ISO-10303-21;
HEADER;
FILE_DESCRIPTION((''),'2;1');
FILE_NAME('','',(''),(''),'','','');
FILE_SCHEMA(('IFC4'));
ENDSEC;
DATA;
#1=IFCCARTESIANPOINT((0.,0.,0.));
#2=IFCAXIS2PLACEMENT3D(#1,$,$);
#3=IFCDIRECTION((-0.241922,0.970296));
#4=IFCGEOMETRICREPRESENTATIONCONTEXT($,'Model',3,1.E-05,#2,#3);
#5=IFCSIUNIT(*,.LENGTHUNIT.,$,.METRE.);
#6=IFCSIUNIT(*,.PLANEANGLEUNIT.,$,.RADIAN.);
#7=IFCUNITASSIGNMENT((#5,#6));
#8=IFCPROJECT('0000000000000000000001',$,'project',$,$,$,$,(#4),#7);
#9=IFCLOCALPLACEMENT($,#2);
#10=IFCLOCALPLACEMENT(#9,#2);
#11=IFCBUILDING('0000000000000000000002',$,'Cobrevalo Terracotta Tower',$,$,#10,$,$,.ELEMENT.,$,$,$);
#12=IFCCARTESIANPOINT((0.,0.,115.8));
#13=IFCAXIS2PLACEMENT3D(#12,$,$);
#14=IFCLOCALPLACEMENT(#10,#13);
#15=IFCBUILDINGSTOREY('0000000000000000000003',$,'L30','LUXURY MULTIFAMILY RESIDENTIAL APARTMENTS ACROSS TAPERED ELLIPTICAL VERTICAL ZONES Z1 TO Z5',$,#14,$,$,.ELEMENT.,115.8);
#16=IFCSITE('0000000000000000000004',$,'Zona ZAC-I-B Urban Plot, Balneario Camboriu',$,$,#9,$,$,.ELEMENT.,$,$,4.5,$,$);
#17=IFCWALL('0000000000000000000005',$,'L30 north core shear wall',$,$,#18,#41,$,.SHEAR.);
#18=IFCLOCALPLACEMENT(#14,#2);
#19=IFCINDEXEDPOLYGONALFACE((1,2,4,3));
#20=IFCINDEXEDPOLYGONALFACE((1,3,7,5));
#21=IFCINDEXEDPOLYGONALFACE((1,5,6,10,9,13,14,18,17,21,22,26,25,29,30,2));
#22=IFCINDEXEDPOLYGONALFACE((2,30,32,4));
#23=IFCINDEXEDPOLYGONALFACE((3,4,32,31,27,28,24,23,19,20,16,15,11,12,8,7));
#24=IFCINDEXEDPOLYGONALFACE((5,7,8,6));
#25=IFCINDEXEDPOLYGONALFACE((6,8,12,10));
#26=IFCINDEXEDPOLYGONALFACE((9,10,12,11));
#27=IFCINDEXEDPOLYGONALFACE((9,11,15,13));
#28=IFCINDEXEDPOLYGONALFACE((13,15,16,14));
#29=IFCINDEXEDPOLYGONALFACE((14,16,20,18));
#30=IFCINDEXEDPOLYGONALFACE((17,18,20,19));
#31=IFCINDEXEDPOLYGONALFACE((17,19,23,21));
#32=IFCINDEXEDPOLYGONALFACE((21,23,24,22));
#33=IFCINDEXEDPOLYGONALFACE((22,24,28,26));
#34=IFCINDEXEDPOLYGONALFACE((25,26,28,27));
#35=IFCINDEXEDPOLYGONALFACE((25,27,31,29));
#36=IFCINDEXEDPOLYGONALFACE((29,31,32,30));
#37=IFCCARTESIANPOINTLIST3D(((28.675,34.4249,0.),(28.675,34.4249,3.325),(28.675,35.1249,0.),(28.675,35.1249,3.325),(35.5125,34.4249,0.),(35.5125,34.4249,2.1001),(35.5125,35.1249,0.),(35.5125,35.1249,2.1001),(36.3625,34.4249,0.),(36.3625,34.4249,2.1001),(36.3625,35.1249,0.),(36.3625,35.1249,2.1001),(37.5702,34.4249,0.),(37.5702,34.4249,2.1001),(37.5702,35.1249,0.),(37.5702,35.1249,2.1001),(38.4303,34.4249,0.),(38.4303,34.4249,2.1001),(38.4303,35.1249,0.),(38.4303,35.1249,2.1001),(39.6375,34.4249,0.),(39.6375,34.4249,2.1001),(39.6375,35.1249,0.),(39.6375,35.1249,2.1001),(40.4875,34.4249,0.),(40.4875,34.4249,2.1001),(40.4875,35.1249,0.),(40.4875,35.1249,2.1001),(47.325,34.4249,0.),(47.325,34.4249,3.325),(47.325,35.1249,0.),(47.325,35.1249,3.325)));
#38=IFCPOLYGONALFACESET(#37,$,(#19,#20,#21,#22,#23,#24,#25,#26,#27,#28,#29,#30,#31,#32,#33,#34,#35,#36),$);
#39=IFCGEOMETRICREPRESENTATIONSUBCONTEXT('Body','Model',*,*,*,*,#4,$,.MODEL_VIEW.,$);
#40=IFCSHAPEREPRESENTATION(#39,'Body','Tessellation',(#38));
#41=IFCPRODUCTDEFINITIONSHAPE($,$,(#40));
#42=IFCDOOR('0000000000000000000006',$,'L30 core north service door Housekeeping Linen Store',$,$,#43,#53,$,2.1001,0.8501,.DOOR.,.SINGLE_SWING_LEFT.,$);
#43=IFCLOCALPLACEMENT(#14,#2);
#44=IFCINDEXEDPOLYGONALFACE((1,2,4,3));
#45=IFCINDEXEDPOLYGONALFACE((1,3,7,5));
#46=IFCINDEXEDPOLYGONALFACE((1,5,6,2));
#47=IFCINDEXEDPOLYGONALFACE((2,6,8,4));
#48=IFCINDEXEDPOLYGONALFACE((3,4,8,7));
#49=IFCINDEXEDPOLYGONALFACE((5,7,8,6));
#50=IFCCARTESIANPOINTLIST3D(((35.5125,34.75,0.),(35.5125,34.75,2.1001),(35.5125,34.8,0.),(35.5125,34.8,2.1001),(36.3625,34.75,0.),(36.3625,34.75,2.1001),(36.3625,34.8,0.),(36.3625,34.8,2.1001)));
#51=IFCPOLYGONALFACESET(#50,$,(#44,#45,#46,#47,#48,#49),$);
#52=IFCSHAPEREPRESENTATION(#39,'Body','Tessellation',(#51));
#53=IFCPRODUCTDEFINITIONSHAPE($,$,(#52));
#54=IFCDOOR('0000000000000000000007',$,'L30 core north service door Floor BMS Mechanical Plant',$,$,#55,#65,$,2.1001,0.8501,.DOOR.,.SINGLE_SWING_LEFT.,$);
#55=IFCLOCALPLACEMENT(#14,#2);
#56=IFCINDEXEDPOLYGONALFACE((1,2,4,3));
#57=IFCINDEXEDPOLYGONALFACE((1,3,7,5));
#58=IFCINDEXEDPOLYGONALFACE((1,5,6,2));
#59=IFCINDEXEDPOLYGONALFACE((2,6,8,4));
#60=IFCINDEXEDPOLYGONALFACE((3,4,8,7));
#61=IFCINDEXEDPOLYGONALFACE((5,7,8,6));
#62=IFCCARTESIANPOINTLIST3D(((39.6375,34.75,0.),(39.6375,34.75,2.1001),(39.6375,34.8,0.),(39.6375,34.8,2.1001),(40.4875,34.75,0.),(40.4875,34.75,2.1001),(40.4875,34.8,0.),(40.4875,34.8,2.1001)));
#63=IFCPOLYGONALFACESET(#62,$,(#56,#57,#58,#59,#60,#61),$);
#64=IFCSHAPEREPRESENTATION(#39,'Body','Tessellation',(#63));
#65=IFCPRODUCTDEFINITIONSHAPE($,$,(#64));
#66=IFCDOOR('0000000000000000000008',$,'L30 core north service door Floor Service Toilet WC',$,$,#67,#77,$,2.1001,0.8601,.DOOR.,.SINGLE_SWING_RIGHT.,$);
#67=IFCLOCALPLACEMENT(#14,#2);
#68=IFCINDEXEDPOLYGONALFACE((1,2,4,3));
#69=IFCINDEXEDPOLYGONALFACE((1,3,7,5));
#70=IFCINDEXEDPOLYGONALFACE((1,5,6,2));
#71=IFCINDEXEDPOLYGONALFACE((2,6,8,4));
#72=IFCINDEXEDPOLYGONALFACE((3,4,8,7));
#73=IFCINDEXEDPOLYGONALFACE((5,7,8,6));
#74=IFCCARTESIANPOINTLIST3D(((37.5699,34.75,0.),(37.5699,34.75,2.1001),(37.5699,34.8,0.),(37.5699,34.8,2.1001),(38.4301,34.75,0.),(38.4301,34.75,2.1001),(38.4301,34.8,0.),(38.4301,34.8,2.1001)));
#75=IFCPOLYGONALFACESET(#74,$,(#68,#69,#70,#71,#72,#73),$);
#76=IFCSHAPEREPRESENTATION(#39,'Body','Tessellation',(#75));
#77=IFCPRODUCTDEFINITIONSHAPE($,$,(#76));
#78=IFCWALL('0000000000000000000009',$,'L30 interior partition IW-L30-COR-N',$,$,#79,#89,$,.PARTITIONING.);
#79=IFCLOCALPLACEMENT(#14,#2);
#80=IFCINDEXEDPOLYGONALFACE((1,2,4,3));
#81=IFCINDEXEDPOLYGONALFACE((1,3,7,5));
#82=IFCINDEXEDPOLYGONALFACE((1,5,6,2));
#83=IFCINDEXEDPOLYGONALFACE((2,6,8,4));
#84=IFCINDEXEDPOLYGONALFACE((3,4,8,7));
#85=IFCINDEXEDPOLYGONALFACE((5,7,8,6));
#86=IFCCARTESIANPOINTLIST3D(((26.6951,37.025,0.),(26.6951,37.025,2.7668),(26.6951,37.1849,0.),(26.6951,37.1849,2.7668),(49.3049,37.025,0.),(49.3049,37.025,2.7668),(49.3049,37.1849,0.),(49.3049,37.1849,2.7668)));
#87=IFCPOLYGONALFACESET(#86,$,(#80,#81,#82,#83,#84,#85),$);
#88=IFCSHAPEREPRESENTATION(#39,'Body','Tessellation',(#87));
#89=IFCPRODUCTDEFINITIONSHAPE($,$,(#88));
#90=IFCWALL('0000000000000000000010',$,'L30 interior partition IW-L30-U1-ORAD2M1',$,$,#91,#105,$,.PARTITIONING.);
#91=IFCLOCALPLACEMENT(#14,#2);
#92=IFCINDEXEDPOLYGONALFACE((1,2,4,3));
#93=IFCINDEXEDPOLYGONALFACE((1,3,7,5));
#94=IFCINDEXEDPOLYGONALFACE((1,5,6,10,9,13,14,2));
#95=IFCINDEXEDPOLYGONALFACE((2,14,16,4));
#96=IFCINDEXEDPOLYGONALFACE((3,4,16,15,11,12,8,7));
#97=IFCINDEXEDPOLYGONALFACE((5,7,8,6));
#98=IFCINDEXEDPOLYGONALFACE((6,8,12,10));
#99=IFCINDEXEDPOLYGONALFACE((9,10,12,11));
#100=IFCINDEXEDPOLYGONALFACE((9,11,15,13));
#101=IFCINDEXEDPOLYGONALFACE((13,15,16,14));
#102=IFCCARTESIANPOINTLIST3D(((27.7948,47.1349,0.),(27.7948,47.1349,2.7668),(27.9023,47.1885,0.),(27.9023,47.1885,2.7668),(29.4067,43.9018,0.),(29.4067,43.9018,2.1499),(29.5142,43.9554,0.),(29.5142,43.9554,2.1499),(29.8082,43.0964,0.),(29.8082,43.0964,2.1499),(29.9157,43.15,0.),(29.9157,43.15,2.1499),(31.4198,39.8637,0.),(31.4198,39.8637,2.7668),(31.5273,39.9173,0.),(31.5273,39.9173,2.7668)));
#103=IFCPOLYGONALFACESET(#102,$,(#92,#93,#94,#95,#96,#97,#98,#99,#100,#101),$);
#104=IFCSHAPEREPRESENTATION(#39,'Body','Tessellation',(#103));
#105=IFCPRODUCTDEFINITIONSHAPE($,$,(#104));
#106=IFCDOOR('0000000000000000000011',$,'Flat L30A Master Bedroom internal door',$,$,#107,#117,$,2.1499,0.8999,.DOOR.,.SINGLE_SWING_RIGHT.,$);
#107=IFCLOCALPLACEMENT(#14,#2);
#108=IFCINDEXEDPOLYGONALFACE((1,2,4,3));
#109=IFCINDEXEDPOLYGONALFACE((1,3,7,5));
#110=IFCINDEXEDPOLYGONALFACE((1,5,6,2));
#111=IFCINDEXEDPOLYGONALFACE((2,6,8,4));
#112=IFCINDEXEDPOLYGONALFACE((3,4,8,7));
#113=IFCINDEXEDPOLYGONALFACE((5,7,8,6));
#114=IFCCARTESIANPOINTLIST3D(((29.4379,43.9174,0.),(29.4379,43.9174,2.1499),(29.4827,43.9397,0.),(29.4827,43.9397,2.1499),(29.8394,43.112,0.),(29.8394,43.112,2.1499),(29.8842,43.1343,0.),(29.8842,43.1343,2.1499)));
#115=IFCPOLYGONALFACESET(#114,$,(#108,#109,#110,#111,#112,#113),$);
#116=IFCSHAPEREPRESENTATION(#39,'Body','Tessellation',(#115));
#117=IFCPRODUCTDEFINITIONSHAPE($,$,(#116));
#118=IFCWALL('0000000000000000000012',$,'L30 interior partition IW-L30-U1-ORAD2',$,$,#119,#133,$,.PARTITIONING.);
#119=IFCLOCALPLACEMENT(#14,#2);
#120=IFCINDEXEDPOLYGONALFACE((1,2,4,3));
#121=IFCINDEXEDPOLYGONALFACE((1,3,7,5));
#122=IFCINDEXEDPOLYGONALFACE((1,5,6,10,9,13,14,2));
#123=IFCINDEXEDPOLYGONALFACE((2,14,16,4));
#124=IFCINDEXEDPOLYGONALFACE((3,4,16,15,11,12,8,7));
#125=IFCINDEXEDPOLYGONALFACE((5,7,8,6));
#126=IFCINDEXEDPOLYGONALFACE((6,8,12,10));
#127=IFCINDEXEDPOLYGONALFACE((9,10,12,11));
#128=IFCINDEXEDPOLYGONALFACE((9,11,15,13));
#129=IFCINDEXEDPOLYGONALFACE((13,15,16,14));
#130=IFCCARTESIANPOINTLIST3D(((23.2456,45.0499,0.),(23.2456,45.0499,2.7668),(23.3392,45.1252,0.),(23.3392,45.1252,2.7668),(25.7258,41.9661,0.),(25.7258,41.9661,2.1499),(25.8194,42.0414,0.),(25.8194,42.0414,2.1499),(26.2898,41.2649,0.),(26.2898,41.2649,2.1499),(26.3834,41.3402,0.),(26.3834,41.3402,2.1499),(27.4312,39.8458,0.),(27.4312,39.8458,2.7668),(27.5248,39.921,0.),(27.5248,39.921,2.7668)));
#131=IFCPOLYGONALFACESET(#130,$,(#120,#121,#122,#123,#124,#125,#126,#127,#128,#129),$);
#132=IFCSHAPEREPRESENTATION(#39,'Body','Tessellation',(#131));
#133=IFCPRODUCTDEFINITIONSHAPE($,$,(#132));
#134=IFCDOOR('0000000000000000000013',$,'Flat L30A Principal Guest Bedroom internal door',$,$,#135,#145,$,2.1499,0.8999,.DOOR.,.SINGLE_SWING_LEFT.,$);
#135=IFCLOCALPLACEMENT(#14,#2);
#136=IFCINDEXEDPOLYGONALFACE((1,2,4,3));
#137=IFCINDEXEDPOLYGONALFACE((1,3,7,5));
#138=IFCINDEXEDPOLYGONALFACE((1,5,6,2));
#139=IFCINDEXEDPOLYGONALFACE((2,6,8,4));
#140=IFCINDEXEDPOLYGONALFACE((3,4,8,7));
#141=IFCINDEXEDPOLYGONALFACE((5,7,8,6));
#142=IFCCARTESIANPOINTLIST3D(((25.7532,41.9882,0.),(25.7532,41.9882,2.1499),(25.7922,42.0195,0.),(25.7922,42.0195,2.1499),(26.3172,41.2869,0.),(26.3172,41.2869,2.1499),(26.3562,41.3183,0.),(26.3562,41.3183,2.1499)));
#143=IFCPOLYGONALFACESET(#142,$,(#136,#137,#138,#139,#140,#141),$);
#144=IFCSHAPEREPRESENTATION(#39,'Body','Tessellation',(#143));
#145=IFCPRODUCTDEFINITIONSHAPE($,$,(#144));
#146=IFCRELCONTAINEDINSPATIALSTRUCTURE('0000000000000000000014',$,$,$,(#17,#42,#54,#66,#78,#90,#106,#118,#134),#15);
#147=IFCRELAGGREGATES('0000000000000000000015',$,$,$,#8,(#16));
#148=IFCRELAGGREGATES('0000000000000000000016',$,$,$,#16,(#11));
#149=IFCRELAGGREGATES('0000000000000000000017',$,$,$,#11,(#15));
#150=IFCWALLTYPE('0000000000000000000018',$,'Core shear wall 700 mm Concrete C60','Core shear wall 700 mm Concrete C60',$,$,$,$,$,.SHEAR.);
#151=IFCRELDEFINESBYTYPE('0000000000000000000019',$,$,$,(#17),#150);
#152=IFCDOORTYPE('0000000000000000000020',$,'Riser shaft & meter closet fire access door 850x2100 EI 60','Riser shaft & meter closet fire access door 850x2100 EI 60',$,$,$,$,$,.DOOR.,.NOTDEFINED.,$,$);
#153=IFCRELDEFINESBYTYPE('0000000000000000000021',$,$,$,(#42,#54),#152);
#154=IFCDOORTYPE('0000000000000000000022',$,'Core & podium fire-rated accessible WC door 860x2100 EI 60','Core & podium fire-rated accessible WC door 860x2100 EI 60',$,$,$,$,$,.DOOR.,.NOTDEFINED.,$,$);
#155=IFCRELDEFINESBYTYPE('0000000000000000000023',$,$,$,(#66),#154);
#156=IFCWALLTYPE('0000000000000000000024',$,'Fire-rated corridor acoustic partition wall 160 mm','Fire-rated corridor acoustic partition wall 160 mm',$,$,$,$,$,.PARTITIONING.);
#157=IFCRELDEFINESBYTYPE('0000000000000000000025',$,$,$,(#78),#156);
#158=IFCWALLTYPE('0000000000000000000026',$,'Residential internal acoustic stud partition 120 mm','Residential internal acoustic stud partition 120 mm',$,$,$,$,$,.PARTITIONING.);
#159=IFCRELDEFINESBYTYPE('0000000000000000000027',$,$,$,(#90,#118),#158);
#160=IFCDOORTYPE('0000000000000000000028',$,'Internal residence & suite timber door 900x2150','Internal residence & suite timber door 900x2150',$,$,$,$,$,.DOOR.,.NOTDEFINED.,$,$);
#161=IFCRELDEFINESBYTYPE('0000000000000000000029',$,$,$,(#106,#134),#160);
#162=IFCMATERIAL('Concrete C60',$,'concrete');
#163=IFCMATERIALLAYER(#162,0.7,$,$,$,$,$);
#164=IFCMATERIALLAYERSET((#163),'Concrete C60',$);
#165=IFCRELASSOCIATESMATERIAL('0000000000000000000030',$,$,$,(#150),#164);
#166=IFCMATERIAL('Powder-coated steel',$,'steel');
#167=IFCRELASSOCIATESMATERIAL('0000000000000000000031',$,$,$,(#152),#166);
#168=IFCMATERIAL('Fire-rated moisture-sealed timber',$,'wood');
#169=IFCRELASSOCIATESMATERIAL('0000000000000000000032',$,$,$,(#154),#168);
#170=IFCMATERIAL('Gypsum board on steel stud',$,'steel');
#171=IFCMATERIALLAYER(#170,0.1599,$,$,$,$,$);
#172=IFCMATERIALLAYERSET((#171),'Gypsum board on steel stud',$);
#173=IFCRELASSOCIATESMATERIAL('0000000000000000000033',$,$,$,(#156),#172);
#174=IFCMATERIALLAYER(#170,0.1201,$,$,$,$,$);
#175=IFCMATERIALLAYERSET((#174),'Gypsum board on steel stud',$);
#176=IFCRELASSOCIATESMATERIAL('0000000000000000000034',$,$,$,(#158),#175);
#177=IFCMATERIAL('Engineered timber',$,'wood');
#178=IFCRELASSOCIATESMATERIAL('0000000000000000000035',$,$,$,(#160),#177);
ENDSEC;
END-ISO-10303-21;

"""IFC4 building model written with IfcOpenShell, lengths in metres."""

from ifc_helpers import new_model, si_unit, direction, frame, frame_2d, origin, place, context, subcontext, project, spatial, rectangle, extrude, source, transform, mapped, material, layer, layer_set, type_object, element, fill, save


model = new_model("IFC4")

# Units and contexts
model_context = context("Model", 3, precision=1e-05, world=origin(), true_north=direction((-0.241922, 0.970296)))
body_context = subcontext(model_context, "Body", "Model", "MODEL_VIEW")
ifc_project = project(units=[si_unit("LENGTHUNIT", "METRE"), si_unit("PLANEANGLEUNIT", "RADIAN")], contexts=[model_context])

# Site, building, storey
site_placement = place(None, origin())
site = spatial("IfcSite", under=ifc_project, at=site_placement, Name="Zona ZAC-I-B Urban Plot, Balneario Camboriu", CompositionType="ELEMENT", RefElevation=4.5)
building_placement = place(site_placement, origin())
building = spatial("IfcBuilding", under=site, at=building_placement, Name="Cobrevalo Terracotta Tower", CompositionType="ELEMENT")
storey_placement = place(building_placement, frame((0.0, 0.0, 115.8)))
storey = spatial("IfcBuildingStorey", under=building, at=storey_placement, Name="L30", Description="LUXURY MULTIFAMILY RESIDENTIAL APARTMENTS ACROSS TAPERED ELLIPTICAL VERTICAL ZONES Z1 TO Z5", CompositionType="ELEMENT", Elevation=115.8)

# Wall, openings, doors
ifc_material_1 = material(Name="Concrete C60", Category="concrete")
ifc_layer_1 = layer(ifc_material_1, 0.7)
ifc_layer_set_1 = layer_set([ifc_layer_1], Name="Concrete C60")
wall_type_1 = type_object("IfcWallType", Name="Core shear wall 700 mm Concrete C60", Description="Core shear wall 700 mm Concrete C60", PredefinedType="SHEAR", material=ifc_layer_set_1)
wall_1_placement = place(storey_placement, frame((28.675, 34.7749, 0.0), z_axis=(0.0, 0.0, 1.0), x_axis=(1.0, 0.0, 0.0)))
wall_1 = element("IfcWall", 1, at=wall_1_placement, inside=storey, type_object=wall_type_1, Name="L30 north core shear wall", PredefinedType="SHEAR", context=body_context, shape_type="SweptSolid", body=[
    extrude(rectangle(XDim=18.6499, YDim=0.7, at=frame_2d((9.325, 0.0))), origin(), (0.0, 0.0, 1.0), 3.325),
])
opening_1_placement = place(wall_1_placement, frame((6.8374, 0.0, 0.0)))
opening_1 = element("IfcOpeningElement", 2, at=opening_1_placement, cuts=wall_1, PredefinedType="OPENING", context=body_context, shape_type="SweptSolid", body=[
    extrude(rectangle(XDim=0.8501, YDim=2.1001, at=frame_2d((0.425, 1.05))), frame((0.0, 0.3599, 0.0), z_axis=(0.0, -1.0, 0.0), x_axis=(1.0, 0.0, 0.0)), (0.0, 0.0, 1.0), 0.72),
])
opening_2_placement = place(wall_1_placement, frame((8.895, 0.0, 0.0)))
opening_2 = element("IfcOpeningElement", 3, at=opening_2_placement, cuts=wall_1, PredefinedType="OPENING", context=body_context, shape_type="SweptSolid", body=[
    extrude(rectangle(XDim=0.8601, YDim=2.1001, at=frame_2d((0.4302, 1.05))), frame((0.0, 0.3599, 0.0), z_axis=(0.0, -1.0, 0.0), x_axis=(1.0, 0.0, 0.0)), (0.0, 0.0, 1.0), 0.72),
])
opening_3_placement = place(wall_1_placement, frame((10.9624, 0.0, 0.0)))
opening_3 = element("IfcOpeningElement", 4, at=opening_3_placement, cuts=wall_1, PredefinedType="OPENING", context=body_context, shape_type="SweptSolid", body=[
    extrude(rectangle(XDim=0.8501, YDim=2.1001, at=frame_2d((0.425, 1.05))), frame((0.0, 0.3599, 0.0), z_axis=(0.0, -1.0, 0.0), x_axis=(1.0, 0.0, 0.0)), (0.0, 0.0, 1.0), 0.72),
])
ifc_material_2 = material(Name="Powder-coated steel", Category="steel")
door_type_1 = type_object("IfcDoorType", Name="Riser shaft & meter closet fire access door 850x2100 EI 60", Description="Riser shaft & meter closet fire access door 850x2100 EI 60", OperationType="NOTDEFINED", PredefinedType="DOOR", material=ifc_material_2)
shared_shape_1 = source(origin(), body_context, "Body", "SweptSolid", [
    extrude(rectangle(XDim=0.8501, YDim=2.1001, at=frame_2d((0.425, 1.05))), frame((0.0, 0.0249, 0.0), z_axis=(0.0, -1.0, 0.0), x_axis=(1.0, 0.0, 0.0)), (0.0, 0.0, 1.0), 0.05),
])
door_1_placement = place(opening_1_placement, frame((0.8501, 0.0, 0.0), z_axis=(0.0, 0.0, 1.0), x_axis=(-1.0, 0.0, 0.0)))
door_1 = element("IfcDoor", 5, at=door_1_placement, inside=storey, type_object=door_type_1, Name="L30 core north service door Housekeeping Linen Store", OperationType="SINGLE_SWING_LEFT", OverallHeight=2.1001, OverallWidth=0.8501, PredefinedType="DOOR", context=body_context, shape_type="MappedRepresentation", body=[
    mapped(shared_shape_1, transform((0.0, 0.0, 0.0), scale=1.0)),
])
fill(opening_1, door_1)
door_2_placement = place(opening_3_placement, frame((0.8501, 0.0, 0.0), z_axis=(0.0, 0.0, 1.0), x_axis=(-1.0, 0.0, 0.0)))
door_2 = element("IfcDoor", 6, at=door_2_placement, inside=storey, type_object=door_type_1, Name="L30 core north service door Floor BMS Mechanical Plant", OperationType="SINGLE_SWING_LEFT", OverallHeight=2.1001, OverallWidth=0.8501, PredefinedType="DOOR", context=body_context, shape_type="MappedRepresentation", body=[
    mapped(shared_shape_1, transform((0.0, 0.0, 0.0), scale=1.0)),
])
fill(opening_3, door_2)
ifc_material_3 = material(Name="Fire-rated moisture-sealed timber", Category="wood")
door_type_2 = type_object("IfcDoorType", Name="Core & podium fire-rated accessible WC door 860x2100 EI 60", Description="Core & podium fire-rated accessible WC door 860x2100 EI 60", OperationType="NOTDEFINED", PredefinedType="DOOR", material=ifc_material_3)
shared_shape_2 = source(origin(), body_context, "Body", "SweptSolid", [
    extrude(rectangle(XDim=0.8601, YDim=2.1001, at=frame_2d((0.4302, 1.05))), frame((0.0, 0.0249, 0.0), z_axis=(0.0, -1.0, 0.0), x_axis=(1.0, 0.0, 0.0)), (0.0, 0.0, 1.0), 0.05),
])
door_3_placement = place(opening_2_placement, frame((0.8601, 0.0, 0.0), z_axis=(0.0, 0.0, 1.0), x_axis=(-1.0, 0.0, 0.0)))
door_3 = element("IfcDoor", 7, at=door_3_placement, inside=storey, type_object=door_type_2, Name="L30 core north service door Floor Service Toilet WC", OperationType="SINGLE_SWING_RIGHT", OverallHeight=2.1001, OverallWidth=0.8601, PredefinedType="DOOR", context=body_context, shape_type="MappedRepresentation", body=[
    mapped(shared_shape_2, transform((0.0, 0.0, 0.0), scale=1.0)),
])
fill(opening_2, door_3)

# Wall
ifc_material_4 = material(Name="Gypsum board on steel stud", Category="steel")
ifc_layer_2 = layer(ifc_material_4, 0.1599)
ifc_layer_set_2 = layer_set([ifc_layer_2], Name="Gypsum board on steel stud")
wall_type_2 = type_object("IfcWallType", Name="Fire-rated corridor acoustic partition wall 160 mm", Description="Fire-rated corridor acoustic partition wall 160 mm", PredefinedType="PARTITIONING", material=ifc_layer_set_2)
wall_2_placement = place(storey_placement, frame((26.6951, 37.105, 0.0), z_axis=(0.0, 0.0, 1.0), x_axis=(1.0, 0.0, 0.0)))
element("IfcWall", 8, at=wall_2_placement, inside=storey, type_object=wall_type_2, Name="L30 interior partition IW-L30-COR-N", PredefinedType="PARTITIONING", context=body_context, shape_type="SweptSolid", body=[
    extrude(rectangle(XDim=22.6099, YDim=0.1599, at=frame_2d((11.3049, 0.0))), origin(), (0.0, 0.0, 1.0), 2.7668),
])

# Walls, openings, doors
ifc_layer_3 = layer(ifc_material_4, 0.1201)
ifc_layer_set_3 = layer_set([ifc_layer_3], Name="Gypsum board on steel stud")
wall_type_3 = type_object("IfcWallType", Name="Residential internal acoustic stud partition 120 mm", Description="Residential internal acoustic stud partition 120 mm", PredefinedType="PARTITIONING", material=ifc_layer_set_3)
wall_3_placement = place(storey_placement, frame((31.4736, 39.8904, 0.0), z_axis=(0.0, 0.0, 1.0), x_axis=(-0.446168, 0.894949, 0.0)))
wall_3 = element("IfcWall", 9, at=wall_3_placement, inside=storey, type_object=wall_type_3, Name="L30 interior partition IW-L30-U1-ORAD2M1", PredefinedType="PARTITIONING", context=body_context, shape_type="SweptSolid", body=[
    extrude(rectangle(XDim=8.1248, YDim=0.1201, at=frame_2d((4.0625, 0.0))), origin(), (0.0, 0.0, 1.0), 2.7668),
])
opening_4_placement = place(wall_3_placement, frame((3.6123, 0.0, 0.0)))
opening_4 = element("IfcOpeningElement", 10, at=opening_4_placement, cuts=wall_3, PredefinedType="OPENING", context=body_context, shape_type="SweptSolid", body=[
    extrude(rectangle(XDim=0.8999, YDim=2.1499, at=frame_2d((0.45, 1.075))), frame((0.0, 0.0701, 0.0), z_axis=(0.0, -1.0, 0.0), x_axis=(1.0, 0.0, 0.0)), (0.0, 0.0, 1.0), 0.1401),
])
ifc_material_5 = material(Name="Engineered timber", Category="wood")
door_type_3 = type_object("IfcDoorType", Name="Internal residence & suite timber door 900x2150", Description="Internal residence & suite timber door 900x2150", OperationType="NOTDEFINED", PredefinedType="DOOR", material=ifc_material_5)
shared_shape_3 = source(origin(), body_context, "Body", "SweptSolid", [
    extrude(rectangle(XDim=0.8999, YDim=2.1499, at=frame_2d((0.45, 1.075))), frame((0.0, 0.0249, 0.0), z_axis=(0.0, -1.0, 0.0), x_axis=(1.0, 0.0, 0.0)), (0.0, 0.0, 1.0), 0.05),
])
door_4_placement = place(opening_4_placement, frame((0.8999, 0.0, 0.0), z_axis=(0.0, 0.0, 1.0), x_axis=(-1.0, 0.0, 0.0)))
door_4 = element("IfcDoor", 11, at=door_4_placement, inside=storey, type_object=door_type_3, Name="Flat L30A Master Bedroom internal door", OperationType="SINGLE_SWING_RIGHT", OverallHeight=2.1499, OverallWidth=0.8999, PredefinedType="DOOR", context=body_context, shape_type="MappedRepresentation", body=[
    mapped(shared_shape_3, transform((0.0, 0.0, 0.0), scale=1.0)),
])
fill(opening_4, door_4)
wall_4_placement = place(storey_placement, frame((27.478, 39.8833, 0.0), z_axis=(0.0, 0.0, 1.0), x_axis=(-0.626726, 0.77924, 0.0)))
wall_4 = element("IfcWall", 12, at=wall_4_placement, inside=storey, type_object=wall_type_3, Name="L30 interior partition IW-L30-U1-ORAD2", PredefinedType="PARTITIONING", context=body_context, shape_type="SweptSolid", body=[
    extrude(rectangle(XDim=6.6785, YDim=0.1201, at=frame_2d((3.3394, 0.0))), origin(), (0.0, 0.0, 1.0), 2.7668),
])
opening_5_placement = place(wall_4_placement, frame((1.8213, 0.0, 0.0)))
opening_5 = element("IfcOpeningElement", 13, at=opening_5_placement, cuts=wall_4, PredefinedType="OPENING", context=body_context, shape_type="SweptSolid", body=[
    extrude(rectangle(XDim=0.8999, YDim=2.1499, at=frame_2d((0.45, 1.075))), frame((0.0, 0.0701, 0.0), z_axis=(0.0, -1.0, 0.0), x_axis=(1.0, 0.0, 0.0)), (0.0, 0.0, 1.0), 0.1401),
])
door_5_placement = place(opening_5_placement, origin())
door_5 = element("IfcDoor", 14, at=door_5_placement, inside=storey, type_object=door_type_3, Name="Flat L30A Principal Guest Bedroom internal door", OperationType="SINGLE_SWING_LEFT", OverallHeight=2.1499, OverallWidth=0.8999, PredefinedType="DOOR", context=body_context, shape_type="MappedRepresentation", body=[
    mapped(shared_shape_3, transform((0.0, 0.0, 0.0), scale=1.0)),
])
fill(opening_5, door_5)

save(model, "model.ifc")
